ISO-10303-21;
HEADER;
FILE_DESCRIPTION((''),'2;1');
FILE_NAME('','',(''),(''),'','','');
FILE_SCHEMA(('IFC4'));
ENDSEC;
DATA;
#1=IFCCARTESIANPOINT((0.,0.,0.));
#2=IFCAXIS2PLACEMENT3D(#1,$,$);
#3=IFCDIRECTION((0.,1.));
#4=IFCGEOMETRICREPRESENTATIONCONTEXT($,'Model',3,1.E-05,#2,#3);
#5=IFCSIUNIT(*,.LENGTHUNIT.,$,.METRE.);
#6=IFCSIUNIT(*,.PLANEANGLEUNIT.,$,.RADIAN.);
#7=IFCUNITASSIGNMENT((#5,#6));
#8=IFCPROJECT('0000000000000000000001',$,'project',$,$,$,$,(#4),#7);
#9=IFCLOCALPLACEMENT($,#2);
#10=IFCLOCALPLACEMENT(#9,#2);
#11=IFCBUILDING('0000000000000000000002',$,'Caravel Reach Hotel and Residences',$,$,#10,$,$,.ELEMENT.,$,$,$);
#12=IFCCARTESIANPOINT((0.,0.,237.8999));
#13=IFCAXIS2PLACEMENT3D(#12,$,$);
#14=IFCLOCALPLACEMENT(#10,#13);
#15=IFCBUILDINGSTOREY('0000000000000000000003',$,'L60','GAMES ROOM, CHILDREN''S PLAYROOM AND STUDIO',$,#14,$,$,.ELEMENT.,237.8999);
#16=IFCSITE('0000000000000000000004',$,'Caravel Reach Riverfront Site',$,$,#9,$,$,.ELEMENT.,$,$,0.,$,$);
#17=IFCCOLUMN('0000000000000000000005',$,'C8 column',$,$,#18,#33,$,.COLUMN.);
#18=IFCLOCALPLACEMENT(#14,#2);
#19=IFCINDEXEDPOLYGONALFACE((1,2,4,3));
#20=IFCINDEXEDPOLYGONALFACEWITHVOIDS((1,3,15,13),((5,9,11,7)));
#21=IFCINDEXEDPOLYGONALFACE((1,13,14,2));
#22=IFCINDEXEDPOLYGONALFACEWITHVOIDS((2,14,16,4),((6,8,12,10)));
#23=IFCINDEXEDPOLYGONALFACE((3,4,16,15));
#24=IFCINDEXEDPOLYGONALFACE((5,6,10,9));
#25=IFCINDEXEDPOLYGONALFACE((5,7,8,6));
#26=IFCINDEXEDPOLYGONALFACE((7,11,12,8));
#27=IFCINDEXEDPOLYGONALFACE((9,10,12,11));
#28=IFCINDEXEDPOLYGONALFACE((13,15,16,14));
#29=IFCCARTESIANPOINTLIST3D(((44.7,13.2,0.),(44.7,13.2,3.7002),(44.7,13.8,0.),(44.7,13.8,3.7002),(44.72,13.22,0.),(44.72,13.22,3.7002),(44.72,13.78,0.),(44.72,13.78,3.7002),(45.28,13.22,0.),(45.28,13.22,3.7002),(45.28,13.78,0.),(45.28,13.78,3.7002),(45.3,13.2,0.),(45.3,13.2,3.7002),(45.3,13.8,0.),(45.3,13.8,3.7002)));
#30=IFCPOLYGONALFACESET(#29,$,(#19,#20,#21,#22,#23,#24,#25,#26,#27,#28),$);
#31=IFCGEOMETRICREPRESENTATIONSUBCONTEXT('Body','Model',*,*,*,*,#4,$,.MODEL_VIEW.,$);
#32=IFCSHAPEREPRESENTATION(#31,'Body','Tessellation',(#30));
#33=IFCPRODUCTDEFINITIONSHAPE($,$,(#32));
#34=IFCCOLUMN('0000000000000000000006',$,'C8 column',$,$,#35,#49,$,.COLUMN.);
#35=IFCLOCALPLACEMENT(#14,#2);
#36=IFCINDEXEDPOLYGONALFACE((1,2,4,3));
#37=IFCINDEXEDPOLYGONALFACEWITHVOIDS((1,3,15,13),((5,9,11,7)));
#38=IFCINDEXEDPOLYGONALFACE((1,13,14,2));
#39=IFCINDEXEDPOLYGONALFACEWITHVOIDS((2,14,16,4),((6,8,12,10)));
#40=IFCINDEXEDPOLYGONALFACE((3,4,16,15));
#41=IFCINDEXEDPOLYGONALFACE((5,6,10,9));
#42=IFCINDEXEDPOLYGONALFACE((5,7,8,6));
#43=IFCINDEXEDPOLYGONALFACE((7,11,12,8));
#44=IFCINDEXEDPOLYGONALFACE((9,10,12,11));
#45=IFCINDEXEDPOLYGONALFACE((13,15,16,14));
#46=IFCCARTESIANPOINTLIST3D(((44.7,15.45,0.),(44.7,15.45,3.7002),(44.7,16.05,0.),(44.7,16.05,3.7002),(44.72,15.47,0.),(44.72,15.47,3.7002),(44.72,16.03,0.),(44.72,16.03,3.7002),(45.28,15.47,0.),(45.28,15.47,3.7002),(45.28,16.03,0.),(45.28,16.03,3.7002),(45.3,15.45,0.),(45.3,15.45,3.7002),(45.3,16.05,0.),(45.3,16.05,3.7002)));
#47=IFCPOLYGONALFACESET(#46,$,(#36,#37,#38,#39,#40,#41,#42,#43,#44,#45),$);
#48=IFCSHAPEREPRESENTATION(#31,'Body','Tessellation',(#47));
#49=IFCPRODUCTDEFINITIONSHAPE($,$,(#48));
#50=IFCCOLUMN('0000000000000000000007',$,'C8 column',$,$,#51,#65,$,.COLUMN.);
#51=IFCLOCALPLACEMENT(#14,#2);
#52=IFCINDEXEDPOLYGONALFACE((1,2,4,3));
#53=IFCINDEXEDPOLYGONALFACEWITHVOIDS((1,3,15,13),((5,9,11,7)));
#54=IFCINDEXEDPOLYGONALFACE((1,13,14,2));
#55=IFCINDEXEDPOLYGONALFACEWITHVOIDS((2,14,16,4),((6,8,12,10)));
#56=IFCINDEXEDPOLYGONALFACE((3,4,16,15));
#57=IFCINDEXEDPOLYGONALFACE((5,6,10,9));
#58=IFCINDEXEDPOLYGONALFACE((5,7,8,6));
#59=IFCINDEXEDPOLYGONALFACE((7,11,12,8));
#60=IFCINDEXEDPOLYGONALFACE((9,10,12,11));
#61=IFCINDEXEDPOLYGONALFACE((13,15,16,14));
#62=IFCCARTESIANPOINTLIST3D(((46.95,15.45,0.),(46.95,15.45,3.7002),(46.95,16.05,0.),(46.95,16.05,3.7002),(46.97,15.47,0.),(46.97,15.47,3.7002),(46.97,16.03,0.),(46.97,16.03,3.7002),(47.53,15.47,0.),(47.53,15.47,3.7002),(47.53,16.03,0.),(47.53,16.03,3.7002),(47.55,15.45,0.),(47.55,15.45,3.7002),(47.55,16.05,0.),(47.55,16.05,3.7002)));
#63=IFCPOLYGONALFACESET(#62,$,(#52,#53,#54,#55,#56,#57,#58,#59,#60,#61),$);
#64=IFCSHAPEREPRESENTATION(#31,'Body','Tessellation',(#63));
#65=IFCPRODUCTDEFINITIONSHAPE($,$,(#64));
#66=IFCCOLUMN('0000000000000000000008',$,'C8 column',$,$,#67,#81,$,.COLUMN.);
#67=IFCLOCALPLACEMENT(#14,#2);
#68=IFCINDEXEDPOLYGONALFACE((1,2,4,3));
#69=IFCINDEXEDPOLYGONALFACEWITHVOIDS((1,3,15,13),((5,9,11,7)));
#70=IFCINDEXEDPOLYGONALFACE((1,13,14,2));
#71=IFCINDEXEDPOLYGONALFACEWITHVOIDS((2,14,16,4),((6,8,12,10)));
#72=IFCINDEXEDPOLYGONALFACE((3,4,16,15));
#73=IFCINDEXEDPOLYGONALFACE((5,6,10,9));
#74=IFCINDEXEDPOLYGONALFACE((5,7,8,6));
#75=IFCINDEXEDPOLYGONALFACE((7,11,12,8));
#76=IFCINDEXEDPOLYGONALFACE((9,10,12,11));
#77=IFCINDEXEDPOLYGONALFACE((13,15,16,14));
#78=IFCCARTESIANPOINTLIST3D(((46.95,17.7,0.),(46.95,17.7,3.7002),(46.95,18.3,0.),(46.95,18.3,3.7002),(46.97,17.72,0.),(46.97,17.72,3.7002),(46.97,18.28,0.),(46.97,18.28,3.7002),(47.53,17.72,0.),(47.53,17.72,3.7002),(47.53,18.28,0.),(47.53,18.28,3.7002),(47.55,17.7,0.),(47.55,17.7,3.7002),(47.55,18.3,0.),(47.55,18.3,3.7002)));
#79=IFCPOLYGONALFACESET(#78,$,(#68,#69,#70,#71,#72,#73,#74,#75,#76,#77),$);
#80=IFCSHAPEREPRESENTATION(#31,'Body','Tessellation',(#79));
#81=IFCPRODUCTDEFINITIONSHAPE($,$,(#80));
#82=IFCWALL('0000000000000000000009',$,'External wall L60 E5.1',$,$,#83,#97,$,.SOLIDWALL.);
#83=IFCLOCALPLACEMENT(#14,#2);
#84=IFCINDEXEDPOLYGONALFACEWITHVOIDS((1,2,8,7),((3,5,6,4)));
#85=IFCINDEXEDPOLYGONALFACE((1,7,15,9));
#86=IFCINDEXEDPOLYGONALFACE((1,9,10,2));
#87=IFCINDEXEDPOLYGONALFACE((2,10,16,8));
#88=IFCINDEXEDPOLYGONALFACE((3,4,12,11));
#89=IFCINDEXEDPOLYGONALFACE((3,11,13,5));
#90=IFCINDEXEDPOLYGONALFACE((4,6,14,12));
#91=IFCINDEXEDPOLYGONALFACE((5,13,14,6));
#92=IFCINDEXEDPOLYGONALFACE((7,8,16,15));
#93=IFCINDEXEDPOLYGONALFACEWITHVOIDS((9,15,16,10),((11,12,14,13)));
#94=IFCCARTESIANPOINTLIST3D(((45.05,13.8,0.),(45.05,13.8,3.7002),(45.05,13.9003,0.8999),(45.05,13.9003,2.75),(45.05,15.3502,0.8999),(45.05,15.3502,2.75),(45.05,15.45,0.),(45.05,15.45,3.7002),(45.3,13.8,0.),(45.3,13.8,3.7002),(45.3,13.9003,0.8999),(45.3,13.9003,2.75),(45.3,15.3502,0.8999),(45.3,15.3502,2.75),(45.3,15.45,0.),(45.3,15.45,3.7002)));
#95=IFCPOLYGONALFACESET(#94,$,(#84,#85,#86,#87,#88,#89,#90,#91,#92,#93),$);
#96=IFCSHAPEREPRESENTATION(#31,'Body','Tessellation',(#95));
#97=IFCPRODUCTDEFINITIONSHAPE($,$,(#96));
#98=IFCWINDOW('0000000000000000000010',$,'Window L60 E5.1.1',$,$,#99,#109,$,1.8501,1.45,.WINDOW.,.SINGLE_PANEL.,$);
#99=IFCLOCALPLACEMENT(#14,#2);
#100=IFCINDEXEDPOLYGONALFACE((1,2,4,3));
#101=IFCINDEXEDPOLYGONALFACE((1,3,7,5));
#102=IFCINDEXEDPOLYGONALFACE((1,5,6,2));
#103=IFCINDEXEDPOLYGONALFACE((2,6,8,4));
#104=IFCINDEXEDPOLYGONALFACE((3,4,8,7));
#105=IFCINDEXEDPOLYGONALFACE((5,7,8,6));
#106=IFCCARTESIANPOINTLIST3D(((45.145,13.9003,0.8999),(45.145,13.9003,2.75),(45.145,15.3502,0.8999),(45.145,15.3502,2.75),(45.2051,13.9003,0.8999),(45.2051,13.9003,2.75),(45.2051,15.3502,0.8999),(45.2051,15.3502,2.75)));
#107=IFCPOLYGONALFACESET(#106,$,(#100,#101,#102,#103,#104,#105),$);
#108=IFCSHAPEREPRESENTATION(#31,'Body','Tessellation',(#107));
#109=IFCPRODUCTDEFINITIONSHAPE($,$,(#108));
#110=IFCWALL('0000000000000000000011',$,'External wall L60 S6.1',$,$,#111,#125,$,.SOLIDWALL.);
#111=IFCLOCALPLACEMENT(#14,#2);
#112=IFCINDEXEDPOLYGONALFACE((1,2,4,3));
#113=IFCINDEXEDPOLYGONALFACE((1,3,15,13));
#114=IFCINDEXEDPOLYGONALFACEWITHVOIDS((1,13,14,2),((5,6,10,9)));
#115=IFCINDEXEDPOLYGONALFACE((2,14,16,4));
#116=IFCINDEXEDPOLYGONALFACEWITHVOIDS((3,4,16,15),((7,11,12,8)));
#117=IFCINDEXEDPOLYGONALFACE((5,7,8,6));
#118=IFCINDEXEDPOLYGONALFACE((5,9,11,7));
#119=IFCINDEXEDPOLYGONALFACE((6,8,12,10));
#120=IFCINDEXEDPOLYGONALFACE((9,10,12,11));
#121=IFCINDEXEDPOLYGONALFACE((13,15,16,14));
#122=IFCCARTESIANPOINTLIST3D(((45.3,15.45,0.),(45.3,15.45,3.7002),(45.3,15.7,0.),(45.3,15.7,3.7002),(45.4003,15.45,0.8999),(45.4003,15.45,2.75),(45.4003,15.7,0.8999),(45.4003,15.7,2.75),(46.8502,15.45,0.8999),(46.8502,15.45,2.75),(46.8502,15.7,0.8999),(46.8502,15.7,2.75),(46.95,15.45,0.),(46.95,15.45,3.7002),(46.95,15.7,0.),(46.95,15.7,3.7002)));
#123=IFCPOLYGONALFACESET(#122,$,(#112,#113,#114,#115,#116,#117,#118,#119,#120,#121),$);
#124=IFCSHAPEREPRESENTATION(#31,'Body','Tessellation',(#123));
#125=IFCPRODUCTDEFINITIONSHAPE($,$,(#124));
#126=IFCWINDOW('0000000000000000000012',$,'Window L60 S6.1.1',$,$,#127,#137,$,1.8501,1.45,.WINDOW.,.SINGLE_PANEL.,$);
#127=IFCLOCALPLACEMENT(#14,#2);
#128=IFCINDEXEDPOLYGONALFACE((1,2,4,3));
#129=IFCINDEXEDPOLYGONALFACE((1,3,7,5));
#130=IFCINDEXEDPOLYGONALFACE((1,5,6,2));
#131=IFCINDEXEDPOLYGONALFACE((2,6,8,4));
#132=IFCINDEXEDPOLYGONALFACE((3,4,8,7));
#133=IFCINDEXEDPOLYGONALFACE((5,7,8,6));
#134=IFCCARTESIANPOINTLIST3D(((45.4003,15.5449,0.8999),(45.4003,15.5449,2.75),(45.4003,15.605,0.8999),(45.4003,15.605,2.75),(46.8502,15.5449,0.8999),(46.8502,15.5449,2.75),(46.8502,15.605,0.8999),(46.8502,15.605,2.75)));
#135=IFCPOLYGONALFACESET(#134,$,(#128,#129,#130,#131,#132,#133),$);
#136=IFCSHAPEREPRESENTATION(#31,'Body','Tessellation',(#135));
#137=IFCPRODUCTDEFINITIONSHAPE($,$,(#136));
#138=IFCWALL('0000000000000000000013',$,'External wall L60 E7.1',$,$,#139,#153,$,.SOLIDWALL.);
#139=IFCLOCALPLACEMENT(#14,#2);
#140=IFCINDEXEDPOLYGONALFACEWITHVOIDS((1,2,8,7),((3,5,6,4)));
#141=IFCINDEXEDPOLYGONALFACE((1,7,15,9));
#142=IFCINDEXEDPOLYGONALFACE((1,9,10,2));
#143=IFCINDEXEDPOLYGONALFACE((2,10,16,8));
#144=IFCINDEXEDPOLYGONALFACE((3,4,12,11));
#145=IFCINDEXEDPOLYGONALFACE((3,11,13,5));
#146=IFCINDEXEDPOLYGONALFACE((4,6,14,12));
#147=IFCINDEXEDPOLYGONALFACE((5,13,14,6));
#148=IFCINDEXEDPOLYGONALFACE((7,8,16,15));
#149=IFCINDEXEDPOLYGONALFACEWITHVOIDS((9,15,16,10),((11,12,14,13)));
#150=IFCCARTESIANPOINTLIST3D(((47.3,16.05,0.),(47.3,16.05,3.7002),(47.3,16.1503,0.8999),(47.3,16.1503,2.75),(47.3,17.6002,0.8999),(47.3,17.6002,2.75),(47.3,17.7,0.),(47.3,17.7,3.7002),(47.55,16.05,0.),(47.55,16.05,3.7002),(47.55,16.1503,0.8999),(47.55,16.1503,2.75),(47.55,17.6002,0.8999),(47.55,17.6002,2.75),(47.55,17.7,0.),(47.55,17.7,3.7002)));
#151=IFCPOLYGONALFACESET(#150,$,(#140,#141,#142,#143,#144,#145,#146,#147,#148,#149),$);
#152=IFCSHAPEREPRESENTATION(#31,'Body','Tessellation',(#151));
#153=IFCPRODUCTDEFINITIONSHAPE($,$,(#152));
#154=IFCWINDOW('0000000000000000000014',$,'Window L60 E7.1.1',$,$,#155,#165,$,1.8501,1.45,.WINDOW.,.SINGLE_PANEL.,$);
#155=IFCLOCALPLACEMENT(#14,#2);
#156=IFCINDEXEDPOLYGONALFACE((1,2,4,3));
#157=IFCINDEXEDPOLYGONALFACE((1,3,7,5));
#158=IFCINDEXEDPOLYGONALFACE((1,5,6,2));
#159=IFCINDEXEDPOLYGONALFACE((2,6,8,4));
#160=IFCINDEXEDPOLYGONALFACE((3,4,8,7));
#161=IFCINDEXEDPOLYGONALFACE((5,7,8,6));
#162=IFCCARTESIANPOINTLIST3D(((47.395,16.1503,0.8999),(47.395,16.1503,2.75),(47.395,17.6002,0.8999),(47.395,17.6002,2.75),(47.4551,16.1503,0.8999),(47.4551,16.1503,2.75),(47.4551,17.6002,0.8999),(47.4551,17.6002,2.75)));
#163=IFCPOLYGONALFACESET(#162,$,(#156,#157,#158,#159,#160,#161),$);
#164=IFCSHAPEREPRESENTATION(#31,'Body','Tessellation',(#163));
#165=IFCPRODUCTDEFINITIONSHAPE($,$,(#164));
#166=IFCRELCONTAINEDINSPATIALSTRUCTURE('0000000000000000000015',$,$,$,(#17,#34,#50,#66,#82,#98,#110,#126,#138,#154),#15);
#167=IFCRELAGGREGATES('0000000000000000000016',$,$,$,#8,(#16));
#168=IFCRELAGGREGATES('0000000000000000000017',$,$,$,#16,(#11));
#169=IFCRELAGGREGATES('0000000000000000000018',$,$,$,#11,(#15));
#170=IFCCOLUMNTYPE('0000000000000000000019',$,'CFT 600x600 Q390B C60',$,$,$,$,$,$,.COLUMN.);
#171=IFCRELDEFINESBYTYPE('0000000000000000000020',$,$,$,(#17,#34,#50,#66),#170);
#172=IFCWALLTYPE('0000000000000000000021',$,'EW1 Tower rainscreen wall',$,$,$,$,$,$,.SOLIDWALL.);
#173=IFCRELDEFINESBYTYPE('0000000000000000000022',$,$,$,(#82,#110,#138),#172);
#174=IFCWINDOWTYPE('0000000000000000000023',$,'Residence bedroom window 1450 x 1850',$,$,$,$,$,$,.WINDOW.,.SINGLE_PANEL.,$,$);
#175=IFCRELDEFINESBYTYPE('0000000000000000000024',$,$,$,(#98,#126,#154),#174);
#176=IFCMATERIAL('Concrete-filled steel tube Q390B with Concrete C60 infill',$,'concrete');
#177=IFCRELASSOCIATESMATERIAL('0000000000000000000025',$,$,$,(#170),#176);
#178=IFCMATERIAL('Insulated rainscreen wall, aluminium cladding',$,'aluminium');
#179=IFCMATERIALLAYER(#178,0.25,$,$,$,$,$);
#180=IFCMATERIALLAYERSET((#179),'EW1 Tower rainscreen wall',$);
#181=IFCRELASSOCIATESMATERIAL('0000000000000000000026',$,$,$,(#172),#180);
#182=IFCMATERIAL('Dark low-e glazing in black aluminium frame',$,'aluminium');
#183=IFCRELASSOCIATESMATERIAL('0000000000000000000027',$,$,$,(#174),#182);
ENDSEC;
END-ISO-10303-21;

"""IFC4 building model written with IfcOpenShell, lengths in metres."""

from ifc_helpers import new_model, si_unit, direction, frame, frame_2d, origin, origin_2d, place, context, subcontext, project, spatial, rectangle, hollow_rectangle, extrude, material, layer, layer_set, material_profile, profile_set, type_object, element, fill, save


model = new_model("IFC4")

# Units and contexts
model_context = context("Model", 3, precision=1e-05, world=origin(), true_north=direction((0.0, 1.0)))
body_context = subcontext(model_context, "Body", "Model", "MODEL_VIEW")
ifc_project = project(units=[si_unit("LENGTHUNIT", "METRE"), si_unit("PLANEANGLEUNIT", "RADIAN")], contexts=[model_context])

# Site, building, storey
site_placement = place(None, origin())
site = spatial("IfcSite", under=ifc_project, at=site_placement, Name="Caravel Reach Riverfront Site", CompositionType="ELEMENT", RefElevation=0.0)
building_placement = place(site_placement, origin())
building = spatial("IfcBuilding", under=site, at=building_placement, Name="Caravel Reach Hotel and Residences", CompositionType="ELEMENT")
storey_placement = place(building_placement, frame((0.0, 0.0, 237.8999)))
storey = spatial("IfcBuildingStorey", under=building, at=storey_placement, Name="L60", Description="GAMES ROOM, CHILDREN'S PLAYROOM AND STUDIO", CompositionType="ELEMENT", Elevation=237.8999)

# Columns
ifc_material_1 = material(Name="Concrete-filled steel tube Q390B with Concrete C60 infill", Category="concrete")
ifc_material_profile = material_profile(ifc_material_1, hollow_rectangle(XDim=0.6001, YDim=0.6001, WallThickness=0.02, at=origin_2d()), Name="RHS 600x600x20")
ifc_profile_set = profile_set([ifc_material_profile], Name="Concrete-filled steel tube Q390B with Concrete C60 infill")
column_type = type_object("IfcColumnType", Name="CFT 600x600 Q390B C60", PredefinedType="COLUMN", material=ifc_profile_set)
for number, where, z_axis, x_axis, name in (
    (1, (45.0, 13.5, 0.0), (0.0, 0.0, 1.0), (1.0, 0.0, 0.0), "C8 column"),
    (2, (45.0, 15.75, 0.0), (0.0, 0.0, 1.0), (1.0, 0.0, 0.0), "C8 column"),
    (3, (47.25, 15.75, 0.0), (0.0, 0.0, 1.0), (1.0, 0.0, 0.0), "C8 column"),
    (4, (47.25, 18.0, 0.0), (0.0, 0.0, 1.0), (1.0, 0.0, 0.0), "C8 column"),
):
    element("IfcColumn", number, at=place(storey_placement, frame(where, z_axis=z_axis, x_axis=x_axis)), inside=storey, type_object=column_type, Name=name, PredefinedType="COLUMN", context=body_context, shape_type="SweptSolid", body=[
        extrude(hollow_rectangle(XDim=0.6001, YDim=0.6001, WallThickness=0.02, at=origin_2d()), origin(), (0.0, 0.0, 1.0), 3.7002),
    ])

# Walls, openings, windows
ifc_material_2 = material(Name="Insulated rainscreen wall, aluminium cladding", Category="aluminium")
ifc_layer = layer(ifc_material_2, 0.25)
ifc_layer_set = layer_set([ifc_layer], Name="EW1 Tower rainscreen wall")
wall_type = type_object("IfcWallType", Name="EW1 Tower rainscreen wall", PredefinedType="SOLIDWALL", material=ifc_layer_set)
wall_1_placement = place(storey_placement, frame((45.175, 13.8, 0.0), z_axis=(0.0, 0.0, 1.0), x_axis=(0.0, 1.0, 0.0)))
wall_1 = element("IfcWall", 5, at=wall_1_placement, inside=storey, type_object=wall_type, Name="External wall L60 E5.1", PredefinedType="SOLIDWALL", context=body_context, shape_type="SweptSolid", body=[
    extrude(rectangle(XDim=1.6499, YDim=0.25, at=frame_2d((0.825, 0.0))), origin(), (0.0, 0.0, 1.0), 3.7002),
])
opening_1_placement = place(wall_1_placement, frame((0.1001, 0.0, 0.8999)))
opening_1 = element("IfcOpeningElement", 6, at=opening_1_placement, cuts=wall_1, PredefinedType="OPENING", context=body_context, shape_type="SweptSolid", body=[
    extrude(rectangle(XDim=1.45, YDim=1.8501, at=frame_2d((0.7251, 0.925))), frame((0.0, 0.135, 0.0), z_axis=(0.0, -1.0, 0.0), x_axis=(1.0, 0.0, 0.0)), (0.0, 0.0, 1.0), 0.27),
])
ifc_material_3 = material(Name="Dark low-e glazing in black aluminium frame", Category="aluminium")
window_type = type_object("IfcWindowType", Name="Residence bedroom window 1450 x 1850", PartitioningType="SINGLE_PANEL", PredefinedType="WINDOW", material=ifc_material_3)
window_1_placement = place(opening_1_placement, origin())
window_1 = element("IfcWindow", 7, at=window_1_placement, inside=storey, type_object=window_type, Name="Window L60 E5.1.1", OverallHeight=1.8501, OverallWidth=1.45, PartitioningType="SINGLE_PANEL", PredefinedType="WINDOW", context=body_context, shape_type="SweptSolid", body=[
    extrude(rectangle(XDim=1.45, YDim=1.8501, at=frame_2d((0.7251, 0.925))), frame((0.0, 0.03, 0.0), z_axis=(0.0, -1.0, 0.0), x_axis=(1.0, 0.0, 0.0)), (0.0, 0.0, 1.0), 0.0601),
])
fill(opening_1, window_1)
wall_2_placement = place(storey_placement, frame((45.3, 15.575, 0.0), z_axis=(0.0, 0.0, 1.0), x_axis=(1.0, 0.0, 0.0)))
wall_2 = element("IfcWall", 8, at=wall_2_placement, inside=storey, type_object=wall_type, Name="External wall L60 S6.1", PredefinedType="SOLIDWALL", context=body_context, shape_type="SweptSolid", body=[
    extrude(rectangle(XDim=1.6499, YDim=0.25, at=frame_2d((0.825, 0.0))), origin(), (0.0, 0.0, 1.0), 3.7002),
])
opening_2_placement = place(wall_2_placement, frame((0.1001, 0.0, 0.8999)))
opening_2 = element("IfcOpeningElement", 9, at=opening_2_placement, cuts=wall_2, PredefinedType="OPENING", context=body_context, shape_type="SweptSolid", body=[
    extrude(rectangle(XDim=1.45, YDim=1.8501, at=frame_2d((0.7251, 0.925))), frame((0.0, 0.135, 0.0), z_axis=(0.0, -1.0, 0.0), x_axis=(1.0, 0.0, 0.0)), (0.0, 0.0, 1.0), 0.27),
])
window_2_placement = place(opening_2_placement, origin())
window_2 = element("IfcWindow", 10, at=window_2_placement, inside=storey, type_object=window_type, Name="Window L60 S6.1.1", OverallHeight=1.8501, OverallWidth=1.45, PartitioningType="SINGLE_PANEL", PredefinedType="WINDOW", context=body_context, shape_type="SweptSolid", body=[
    extrude(rectangle(XDim=1.45, YDim=1.8501, at=frame_2d((0.7251, 0.925))), frame((0.0, 0.03, 0.0), z_axis=(0.0, -1.0, 0.0), x_axis=(1.0, 0.0, 0.0)), (0.0, 0.0, 1.0), 0.0601),
])
fill(opening_2, window_2)
wall_3_placement = place(storey_placement, frame((47.425, 16.05, 0.0), z_axis=(0.0, 0.0, 1.0), x_axis=(0.0, 1.0, 0.0)))
wall_3 = element("IfcWall", 11, at=wall_3_placement, inside=storey, type_object=wall_type, Name="External wall L60 E7.1", PredefinedType="SOLIDWALL", context=body_context, shape_type="SweptSolid", body=[
    extrude(rectangle(XDim=1.6499, YDim=0.25, at=frame_2d((0.825, 0.0))), origin(), (0.0, 0.0, 1.0), 3.7002),
])
opening_3_placement = place(wall_3_placement, frame((0.1001, 0.0, 0.8999)))
opening_3 = element("IfcOpeningElement", 12, at=opening_3_placement, cuts=wall_3, PredefinedType="OPENING", context=body_context, shape_type="SweptSolid", body=[
    extrude(rectangle(XDim=1.45, YDim=1.8501, at=frame_2d((0.7251, 0.925))), frame((0.0, 0.135, 0.0), z_axis=(0.0, -1.0, 0.0), x_axis=(1.0, 0.0, 0.0)), (0.0, 0.0, 1.0), 0.27),
])
window_3_placement = place(opening_3_placement, origin())
window_3 = element("IfcWindow", 13, at=window_3_placement, inside=storey, type_object=window_type, Name="Window L60 E7.1.1", OverallHeight=1.8501, OverallWidth=1.45, PartitioningType="SINGLE_PANEL", PredefinedType="WINDOW", context=body_context, shape_type="SweptSolid", body=[
    extrude(rectangle(XDim=1.45, YDim=1.8501, at=frame_2d((0.7251, 0.925))), frame((0.0, 0.03, 0.0), z_axis=(0.0, -1.0, 0.0), x_axis=(1.0, 0.0, 0.0)), (0.0, 0.0, 1.0), 0.0601),
])
fill(opening_3, window_3)

save(model, "model.ifc")
